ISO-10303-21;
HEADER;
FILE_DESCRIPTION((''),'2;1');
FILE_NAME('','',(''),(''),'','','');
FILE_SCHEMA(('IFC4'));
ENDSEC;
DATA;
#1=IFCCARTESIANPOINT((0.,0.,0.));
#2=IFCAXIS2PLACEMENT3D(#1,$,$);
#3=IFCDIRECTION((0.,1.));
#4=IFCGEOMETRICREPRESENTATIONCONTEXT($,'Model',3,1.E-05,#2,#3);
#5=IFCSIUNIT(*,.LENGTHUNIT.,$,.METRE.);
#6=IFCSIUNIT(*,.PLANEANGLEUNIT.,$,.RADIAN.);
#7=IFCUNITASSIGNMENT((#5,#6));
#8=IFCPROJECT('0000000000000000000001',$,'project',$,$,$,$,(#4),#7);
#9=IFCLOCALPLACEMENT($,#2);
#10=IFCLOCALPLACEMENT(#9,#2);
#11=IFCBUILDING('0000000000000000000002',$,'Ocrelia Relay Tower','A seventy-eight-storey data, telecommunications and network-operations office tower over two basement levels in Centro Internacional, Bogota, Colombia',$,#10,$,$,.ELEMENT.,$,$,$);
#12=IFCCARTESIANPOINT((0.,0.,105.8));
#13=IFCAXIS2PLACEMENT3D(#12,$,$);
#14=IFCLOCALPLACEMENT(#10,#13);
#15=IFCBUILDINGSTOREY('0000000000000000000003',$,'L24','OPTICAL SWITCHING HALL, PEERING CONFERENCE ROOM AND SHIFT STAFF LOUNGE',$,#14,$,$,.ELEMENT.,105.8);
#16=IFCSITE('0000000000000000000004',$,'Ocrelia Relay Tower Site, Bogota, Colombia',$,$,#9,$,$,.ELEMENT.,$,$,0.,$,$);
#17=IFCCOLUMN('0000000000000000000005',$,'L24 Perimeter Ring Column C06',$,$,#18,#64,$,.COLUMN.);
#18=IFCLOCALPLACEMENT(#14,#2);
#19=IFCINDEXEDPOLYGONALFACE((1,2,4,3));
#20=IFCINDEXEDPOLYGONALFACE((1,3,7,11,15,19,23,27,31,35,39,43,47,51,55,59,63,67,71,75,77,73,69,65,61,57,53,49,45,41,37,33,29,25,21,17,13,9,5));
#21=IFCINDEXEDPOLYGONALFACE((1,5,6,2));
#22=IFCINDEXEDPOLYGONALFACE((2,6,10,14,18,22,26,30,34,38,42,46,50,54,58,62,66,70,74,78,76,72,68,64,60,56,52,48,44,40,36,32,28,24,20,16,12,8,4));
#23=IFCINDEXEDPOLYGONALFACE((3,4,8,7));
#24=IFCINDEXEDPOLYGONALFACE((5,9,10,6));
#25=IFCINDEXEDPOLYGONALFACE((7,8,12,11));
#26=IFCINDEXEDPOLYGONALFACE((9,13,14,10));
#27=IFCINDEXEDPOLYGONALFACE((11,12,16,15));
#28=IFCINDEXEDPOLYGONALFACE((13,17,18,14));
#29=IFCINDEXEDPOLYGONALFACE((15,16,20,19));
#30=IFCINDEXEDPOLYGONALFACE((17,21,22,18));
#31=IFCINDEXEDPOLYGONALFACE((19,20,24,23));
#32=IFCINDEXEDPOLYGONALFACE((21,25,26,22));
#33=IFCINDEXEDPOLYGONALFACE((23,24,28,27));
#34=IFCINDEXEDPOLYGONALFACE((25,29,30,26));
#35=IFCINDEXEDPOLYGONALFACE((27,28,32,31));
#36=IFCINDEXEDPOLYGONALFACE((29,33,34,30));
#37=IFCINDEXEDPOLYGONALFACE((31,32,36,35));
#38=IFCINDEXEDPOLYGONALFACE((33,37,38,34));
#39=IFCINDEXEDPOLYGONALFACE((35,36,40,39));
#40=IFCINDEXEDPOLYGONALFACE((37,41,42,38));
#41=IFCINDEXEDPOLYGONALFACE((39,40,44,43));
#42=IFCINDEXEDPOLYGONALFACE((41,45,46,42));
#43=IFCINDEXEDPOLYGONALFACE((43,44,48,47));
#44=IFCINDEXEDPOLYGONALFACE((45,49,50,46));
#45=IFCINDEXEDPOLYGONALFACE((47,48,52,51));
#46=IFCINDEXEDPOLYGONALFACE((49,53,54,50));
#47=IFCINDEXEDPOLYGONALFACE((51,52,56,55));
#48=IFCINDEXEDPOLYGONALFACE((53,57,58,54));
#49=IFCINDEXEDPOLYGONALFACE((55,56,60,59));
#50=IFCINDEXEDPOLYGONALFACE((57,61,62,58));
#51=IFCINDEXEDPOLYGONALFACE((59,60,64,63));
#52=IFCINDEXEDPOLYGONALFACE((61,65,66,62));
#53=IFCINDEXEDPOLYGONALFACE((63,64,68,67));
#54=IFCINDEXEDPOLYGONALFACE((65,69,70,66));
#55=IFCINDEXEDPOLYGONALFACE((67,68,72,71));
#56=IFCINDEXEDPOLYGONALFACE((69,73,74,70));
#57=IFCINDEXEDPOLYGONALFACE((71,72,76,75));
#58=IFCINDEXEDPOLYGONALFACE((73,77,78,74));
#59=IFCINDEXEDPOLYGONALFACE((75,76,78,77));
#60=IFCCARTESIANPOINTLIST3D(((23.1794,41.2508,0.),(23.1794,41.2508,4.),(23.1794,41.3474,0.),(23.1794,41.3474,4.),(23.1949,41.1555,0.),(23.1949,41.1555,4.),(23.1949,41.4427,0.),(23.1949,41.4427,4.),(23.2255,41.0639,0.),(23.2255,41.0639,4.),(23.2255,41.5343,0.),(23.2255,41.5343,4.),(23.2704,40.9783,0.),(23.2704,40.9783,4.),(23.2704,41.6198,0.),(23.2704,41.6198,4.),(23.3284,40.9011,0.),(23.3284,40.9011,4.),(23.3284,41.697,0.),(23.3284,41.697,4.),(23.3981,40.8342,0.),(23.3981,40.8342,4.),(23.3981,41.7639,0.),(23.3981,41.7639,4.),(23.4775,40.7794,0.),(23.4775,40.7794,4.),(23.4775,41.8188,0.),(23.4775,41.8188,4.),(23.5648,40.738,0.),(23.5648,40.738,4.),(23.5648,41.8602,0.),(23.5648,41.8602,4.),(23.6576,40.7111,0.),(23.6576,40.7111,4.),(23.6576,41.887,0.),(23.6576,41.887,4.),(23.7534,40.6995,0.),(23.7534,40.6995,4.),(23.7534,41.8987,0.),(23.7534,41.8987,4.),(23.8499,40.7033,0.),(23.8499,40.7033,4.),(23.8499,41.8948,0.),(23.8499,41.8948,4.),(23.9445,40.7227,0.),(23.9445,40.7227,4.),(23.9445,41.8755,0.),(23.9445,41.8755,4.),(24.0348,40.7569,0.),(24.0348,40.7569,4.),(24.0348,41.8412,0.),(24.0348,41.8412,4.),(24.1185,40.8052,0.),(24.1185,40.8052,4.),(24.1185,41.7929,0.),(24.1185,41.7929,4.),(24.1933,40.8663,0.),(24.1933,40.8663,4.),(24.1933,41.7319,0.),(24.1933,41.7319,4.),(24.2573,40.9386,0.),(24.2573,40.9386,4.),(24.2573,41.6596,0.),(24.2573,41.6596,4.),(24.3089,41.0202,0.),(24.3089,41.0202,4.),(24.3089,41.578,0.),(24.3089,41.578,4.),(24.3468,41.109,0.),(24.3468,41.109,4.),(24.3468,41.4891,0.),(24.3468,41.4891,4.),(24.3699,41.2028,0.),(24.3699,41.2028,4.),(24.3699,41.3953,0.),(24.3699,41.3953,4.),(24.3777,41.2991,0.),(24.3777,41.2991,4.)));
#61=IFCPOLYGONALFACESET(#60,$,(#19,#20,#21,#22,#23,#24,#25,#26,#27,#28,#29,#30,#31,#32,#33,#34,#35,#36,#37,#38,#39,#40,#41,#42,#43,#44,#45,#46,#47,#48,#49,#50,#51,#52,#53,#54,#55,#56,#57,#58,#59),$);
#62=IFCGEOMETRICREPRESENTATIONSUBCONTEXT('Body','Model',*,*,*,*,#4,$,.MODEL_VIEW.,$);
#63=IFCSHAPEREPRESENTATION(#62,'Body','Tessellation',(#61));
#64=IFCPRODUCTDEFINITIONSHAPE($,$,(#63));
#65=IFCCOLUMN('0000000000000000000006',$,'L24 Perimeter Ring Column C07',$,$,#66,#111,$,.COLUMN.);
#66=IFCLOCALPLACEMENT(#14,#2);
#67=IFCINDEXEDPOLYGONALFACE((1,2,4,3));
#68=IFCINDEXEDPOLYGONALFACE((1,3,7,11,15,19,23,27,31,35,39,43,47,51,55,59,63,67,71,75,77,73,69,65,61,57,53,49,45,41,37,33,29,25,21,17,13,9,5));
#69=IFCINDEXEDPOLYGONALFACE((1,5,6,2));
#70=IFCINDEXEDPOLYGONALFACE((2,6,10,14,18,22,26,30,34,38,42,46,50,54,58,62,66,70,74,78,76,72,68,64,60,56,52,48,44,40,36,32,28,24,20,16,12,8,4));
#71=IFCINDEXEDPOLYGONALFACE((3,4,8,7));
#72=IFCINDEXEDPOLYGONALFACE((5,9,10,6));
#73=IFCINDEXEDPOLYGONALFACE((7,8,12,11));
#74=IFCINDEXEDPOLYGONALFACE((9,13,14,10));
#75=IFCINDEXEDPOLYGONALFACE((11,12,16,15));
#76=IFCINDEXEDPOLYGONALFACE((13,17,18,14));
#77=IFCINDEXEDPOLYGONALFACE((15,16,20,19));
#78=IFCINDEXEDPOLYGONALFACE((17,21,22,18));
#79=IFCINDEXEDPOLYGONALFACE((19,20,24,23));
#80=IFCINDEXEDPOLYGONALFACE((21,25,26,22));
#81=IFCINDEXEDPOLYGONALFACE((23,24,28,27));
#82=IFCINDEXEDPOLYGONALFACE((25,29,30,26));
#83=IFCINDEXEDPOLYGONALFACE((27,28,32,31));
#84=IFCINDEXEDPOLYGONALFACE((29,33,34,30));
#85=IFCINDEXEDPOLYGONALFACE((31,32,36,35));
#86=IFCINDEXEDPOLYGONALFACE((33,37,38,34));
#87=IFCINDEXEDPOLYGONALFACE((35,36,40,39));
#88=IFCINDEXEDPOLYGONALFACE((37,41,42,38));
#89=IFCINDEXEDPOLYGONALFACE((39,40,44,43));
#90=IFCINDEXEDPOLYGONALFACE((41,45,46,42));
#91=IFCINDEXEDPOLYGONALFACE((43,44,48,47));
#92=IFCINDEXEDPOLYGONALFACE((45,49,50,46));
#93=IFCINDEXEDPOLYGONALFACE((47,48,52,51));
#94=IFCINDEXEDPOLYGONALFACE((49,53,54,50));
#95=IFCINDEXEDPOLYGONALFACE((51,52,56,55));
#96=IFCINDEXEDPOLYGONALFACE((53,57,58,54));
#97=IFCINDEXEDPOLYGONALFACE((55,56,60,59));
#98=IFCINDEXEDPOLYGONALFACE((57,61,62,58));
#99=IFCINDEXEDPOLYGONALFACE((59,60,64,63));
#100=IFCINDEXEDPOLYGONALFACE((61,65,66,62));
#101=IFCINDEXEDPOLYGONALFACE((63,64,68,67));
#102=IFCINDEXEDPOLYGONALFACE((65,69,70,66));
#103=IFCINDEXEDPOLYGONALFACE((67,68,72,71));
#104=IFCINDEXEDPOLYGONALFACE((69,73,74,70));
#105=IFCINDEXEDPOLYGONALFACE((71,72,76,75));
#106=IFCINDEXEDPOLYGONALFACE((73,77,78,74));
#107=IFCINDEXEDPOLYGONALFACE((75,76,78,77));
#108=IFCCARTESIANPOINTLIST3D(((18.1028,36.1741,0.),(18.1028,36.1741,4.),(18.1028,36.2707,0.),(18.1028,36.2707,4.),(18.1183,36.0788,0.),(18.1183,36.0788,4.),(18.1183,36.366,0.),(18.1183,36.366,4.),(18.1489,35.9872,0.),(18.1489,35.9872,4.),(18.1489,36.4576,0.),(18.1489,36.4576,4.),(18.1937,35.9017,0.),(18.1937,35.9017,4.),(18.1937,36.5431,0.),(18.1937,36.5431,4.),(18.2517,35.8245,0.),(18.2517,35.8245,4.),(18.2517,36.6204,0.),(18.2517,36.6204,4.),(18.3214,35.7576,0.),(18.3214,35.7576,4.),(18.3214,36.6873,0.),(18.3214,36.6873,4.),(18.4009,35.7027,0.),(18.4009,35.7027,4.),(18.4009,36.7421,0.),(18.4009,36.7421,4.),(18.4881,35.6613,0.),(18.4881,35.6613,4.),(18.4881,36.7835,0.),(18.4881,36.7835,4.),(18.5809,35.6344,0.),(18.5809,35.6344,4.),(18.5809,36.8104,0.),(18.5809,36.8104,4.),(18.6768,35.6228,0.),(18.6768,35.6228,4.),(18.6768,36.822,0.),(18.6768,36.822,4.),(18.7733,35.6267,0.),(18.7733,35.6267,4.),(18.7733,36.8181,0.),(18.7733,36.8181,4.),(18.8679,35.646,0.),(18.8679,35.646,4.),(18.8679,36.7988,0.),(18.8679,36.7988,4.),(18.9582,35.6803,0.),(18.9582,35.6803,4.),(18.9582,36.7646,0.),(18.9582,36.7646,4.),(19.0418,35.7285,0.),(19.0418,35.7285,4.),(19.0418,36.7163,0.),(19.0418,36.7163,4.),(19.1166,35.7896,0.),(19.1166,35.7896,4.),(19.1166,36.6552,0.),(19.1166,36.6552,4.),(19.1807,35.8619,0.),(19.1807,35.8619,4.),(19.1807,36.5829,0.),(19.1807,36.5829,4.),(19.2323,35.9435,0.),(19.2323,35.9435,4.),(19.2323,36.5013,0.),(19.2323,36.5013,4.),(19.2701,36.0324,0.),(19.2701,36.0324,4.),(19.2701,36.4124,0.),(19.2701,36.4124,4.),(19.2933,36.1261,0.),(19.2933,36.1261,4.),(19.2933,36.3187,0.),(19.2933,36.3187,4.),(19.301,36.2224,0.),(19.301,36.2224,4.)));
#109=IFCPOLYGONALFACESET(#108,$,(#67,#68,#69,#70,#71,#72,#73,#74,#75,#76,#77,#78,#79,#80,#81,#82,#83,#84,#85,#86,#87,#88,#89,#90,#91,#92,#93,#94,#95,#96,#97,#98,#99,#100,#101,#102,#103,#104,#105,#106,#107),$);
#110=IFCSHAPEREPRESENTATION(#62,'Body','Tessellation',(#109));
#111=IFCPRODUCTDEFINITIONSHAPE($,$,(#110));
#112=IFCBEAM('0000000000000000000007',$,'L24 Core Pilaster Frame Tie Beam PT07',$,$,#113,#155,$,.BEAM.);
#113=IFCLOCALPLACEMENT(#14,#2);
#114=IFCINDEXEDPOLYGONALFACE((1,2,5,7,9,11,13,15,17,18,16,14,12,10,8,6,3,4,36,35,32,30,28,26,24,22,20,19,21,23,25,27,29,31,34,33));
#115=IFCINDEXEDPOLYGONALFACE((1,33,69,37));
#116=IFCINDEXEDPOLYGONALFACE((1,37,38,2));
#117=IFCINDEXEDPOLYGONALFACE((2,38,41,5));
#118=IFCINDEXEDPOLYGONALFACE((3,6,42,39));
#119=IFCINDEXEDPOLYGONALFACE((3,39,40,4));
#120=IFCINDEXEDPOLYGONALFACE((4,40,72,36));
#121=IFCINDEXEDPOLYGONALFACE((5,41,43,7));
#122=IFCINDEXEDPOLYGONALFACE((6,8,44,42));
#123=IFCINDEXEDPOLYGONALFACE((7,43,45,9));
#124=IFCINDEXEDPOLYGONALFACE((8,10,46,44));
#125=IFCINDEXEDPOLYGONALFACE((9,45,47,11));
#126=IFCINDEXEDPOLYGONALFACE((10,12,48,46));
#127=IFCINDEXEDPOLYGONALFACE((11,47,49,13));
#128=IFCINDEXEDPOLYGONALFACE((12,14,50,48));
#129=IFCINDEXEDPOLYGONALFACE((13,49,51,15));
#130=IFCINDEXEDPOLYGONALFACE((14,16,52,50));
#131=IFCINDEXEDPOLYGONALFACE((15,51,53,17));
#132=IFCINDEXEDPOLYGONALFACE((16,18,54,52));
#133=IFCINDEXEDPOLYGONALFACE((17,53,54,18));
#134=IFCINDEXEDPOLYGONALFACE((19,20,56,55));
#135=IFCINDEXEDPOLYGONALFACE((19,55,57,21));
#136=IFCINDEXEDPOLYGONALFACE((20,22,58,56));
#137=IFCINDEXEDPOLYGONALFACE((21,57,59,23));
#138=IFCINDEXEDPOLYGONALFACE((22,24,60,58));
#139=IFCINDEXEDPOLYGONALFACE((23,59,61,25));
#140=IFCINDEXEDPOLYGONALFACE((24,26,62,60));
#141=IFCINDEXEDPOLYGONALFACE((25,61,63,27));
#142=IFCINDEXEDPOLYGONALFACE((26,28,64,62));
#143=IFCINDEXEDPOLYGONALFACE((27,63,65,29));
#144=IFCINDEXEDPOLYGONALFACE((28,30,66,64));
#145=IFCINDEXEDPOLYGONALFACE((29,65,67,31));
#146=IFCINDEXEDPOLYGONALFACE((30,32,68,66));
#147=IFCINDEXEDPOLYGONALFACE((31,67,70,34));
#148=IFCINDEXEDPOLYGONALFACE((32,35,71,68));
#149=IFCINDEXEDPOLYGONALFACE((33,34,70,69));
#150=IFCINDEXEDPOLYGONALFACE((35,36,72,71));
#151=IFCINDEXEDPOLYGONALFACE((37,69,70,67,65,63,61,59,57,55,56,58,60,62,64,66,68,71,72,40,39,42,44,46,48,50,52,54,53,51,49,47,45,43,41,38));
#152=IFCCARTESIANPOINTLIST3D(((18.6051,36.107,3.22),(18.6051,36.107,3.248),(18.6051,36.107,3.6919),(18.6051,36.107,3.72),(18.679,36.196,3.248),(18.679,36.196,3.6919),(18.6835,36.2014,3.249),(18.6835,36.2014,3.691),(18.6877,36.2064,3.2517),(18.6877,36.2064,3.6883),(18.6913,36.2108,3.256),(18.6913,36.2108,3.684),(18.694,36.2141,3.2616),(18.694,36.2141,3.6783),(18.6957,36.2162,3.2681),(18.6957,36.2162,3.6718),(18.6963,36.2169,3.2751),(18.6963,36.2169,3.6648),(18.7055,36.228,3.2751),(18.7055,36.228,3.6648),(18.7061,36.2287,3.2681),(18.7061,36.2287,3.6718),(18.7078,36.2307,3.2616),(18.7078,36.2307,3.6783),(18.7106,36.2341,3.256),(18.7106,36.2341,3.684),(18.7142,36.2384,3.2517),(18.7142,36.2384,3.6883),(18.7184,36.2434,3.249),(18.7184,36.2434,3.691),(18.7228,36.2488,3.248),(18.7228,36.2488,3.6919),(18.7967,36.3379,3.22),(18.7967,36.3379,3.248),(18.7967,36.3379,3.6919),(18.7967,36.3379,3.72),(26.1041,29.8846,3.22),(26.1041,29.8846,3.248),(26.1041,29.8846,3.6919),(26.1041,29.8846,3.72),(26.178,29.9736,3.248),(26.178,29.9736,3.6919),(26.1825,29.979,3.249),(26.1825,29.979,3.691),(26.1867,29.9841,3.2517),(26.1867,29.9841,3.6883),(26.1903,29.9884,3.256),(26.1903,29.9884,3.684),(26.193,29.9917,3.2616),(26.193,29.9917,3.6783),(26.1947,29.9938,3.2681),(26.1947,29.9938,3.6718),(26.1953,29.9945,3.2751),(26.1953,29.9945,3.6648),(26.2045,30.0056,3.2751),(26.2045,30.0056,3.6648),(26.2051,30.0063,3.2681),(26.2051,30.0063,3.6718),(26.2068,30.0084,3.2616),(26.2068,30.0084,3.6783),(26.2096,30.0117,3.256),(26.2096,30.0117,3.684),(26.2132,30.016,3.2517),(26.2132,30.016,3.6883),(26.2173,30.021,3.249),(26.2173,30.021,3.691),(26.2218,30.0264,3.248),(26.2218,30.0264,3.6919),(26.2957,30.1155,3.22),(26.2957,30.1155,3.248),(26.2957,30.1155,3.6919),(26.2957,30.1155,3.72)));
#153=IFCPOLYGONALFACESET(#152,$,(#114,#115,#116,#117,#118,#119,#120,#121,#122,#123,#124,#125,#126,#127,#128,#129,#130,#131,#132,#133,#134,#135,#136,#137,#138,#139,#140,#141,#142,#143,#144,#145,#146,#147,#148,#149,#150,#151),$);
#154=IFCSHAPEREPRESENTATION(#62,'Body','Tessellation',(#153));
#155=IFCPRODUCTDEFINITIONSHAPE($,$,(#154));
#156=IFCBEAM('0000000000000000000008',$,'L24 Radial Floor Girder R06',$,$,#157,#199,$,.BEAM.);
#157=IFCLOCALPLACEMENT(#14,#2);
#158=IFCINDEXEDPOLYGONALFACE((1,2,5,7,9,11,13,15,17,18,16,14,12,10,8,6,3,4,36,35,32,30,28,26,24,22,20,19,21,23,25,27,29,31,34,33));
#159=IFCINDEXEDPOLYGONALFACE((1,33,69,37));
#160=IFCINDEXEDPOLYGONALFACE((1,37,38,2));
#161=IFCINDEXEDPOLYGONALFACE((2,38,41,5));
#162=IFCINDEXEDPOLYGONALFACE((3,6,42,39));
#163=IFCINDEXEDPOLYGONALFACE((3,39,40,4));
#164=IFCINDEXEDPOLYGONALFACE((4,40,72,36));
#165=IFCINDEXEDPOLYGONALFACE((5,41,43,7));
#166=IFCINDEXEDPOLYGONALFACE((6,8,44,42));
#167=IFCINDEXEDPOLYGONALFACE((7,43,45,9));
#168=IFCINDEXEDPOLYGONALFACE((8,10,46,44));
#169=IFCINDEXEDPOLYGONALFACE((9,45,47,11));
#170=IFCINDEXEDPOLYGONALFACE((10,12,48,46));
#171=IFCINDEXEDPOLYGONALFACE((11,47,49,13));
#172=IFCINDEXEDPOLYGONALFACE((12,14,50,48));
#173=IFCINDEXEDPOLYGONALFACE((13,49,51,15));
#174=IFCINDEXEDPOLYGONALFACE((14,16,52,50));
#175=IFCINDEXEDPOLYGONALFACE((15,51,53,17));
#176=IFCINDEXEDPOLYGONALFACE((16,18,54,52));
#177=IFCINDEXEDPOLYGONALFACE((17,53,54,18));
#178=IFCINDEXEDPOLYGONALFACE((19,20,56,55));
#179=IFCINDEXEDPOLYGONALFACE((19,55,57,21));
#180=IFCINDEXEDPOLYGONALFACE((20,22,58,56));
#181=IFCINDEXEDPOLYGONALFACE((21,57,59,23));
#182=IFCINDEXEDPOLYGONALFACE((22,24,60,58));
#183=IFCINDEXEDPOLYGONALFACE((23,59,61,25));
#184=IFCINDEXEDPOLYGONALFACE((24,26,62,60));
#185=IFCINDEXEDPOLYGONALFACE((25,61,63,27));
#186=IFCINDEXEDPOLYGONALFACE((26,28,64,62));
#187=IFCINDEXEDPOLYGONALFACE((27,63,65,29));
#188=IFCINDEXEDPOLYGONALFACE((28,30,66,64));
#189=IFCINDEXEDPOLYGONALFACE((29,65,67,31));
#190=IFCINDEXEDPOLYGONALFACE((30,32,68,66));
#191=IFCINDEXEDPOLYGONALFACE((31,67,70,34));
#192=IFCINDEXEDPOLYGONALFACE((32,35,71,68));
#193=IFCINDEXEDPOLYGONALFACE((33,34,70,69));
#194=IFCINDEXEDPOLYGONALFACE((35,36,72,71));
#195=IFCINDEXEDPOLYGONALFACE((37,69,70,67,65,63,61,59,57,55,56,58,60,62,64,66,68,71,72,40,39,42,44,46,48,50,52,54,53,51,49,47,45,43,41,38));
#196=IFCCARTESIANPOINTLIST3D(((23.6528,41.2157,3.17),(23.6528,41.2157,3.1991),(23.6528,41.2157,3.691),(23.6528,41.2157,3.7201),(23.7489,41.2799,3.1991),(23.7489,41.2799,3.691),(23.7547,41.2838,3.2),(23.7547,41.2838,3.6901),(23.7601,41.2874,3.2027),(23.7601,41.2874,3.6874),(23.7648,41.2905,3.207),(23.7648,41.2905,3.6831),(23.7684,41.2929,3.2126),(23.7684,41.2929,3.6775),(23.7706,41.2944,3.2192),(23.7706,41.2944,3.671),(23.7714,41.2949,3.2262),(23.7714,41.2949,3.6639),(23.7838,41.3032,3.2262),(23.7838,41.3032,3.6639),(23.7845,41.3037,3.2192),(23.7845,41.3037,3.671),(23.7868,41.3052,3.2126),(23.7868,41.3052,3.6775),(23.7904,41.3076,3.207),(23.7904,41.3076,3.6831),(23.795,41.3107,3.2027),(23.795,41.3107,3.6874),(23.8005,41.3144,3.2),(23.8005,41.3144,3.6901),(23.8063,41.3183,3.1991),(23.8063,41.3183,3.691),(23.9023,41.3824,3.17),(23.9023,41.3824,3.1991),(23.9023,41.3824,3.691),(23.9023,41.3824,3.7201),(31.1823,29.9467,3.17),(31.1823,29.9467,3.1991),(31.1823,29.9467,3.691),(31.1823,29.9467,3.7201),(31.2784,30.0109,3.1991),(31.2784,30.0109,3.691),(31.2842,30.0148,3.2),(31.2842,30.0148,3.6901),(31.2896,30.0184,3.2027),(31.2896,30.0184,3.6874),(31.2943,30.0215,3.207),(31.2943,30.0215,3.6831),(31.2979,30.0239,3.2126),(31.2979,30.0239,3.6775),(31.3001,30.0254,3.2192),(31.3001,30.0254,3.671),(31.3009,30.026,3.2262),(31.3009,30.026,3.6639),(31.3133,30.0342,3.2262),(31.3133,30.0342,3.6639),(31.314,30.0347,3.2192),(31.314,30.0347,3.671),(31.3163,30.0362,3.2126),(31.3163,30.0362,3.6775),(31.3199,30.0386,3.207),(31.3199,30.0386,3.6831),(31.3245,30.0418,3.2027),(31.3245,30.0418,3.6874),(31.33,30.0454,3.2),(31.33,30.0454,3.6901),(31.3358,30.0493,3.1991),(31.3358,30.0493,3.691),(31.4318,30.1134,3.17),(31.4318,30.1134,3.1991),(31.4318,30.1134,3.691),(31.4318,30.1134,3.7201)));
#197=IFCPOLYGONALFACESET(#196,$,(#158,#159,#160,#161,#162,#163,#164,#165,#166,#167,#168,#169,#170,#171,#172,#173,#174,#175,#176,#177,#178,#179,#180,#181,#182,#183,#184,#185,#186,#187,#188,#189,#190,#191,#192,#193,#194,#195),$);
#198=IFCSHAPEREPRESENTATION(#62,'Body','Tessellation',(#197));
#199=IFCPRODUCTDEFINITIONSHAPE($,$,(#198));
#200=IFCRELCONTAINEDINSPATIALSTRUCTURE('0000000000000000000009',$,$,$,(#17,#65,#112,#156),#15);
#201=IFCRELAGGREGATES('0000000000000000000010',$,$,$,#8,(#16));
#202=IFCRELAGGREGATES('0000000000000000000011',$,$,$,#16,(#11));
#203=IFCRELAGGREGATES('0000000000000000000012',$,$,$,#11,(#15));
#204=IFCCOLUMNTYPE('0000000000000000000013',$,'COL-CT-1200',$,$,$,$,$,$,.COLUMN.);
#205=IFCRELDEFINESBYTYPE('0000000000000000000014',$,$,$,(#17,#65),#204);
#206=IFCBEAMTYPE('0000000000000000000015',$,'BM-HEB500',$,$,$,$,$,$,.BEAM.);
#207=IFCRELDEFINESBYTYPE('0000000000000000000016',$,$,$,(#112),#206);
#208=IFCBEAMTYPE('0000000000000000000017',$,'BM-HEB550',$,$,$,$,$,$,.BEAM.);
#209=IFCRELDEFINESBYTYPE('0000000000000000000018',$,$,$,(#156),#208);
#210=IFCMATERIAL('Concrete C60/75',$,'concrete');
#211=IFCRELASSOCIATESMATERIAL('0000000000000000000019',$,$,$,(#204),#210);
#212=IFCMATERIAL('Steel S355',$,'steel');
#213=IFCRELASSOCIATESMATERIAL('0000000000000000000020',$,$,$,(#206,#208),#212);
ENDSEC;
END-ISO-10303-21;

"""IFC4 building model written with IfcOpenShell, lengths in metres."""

from ifc_helpers import new_model, si_unit, direction, frame, origin, origin_2d, place, context, subcontext, project, spatial, circle, i_section, extrude, material, material_profile, profile_set, type_object, element, save


model = new_model("IFC4")

# Units and contexts
model_context = context("Model", 3, precision=1e-05, world=origin(), true_north=direction((0.0, 1.0)))
body_context = subcontext(model_context, "Body", "Model", "MODEL_VIEW")
ifc_project = project(units=[si_unit("LENGTHUNIT", "METRE"), si_unit("PLANEANGLEUNIT", "RADIAN")], contexts=[model_context])

# Site, building, storey
site_placement = place(None, origin())
site = spatial("IfcSite", under=ifc_project, at=site_placement, Name="Ocrelia Relay Tower Site, Bogota, Colombia", CompositionType="ELEMENT", RefElevation=0.0)
building_placement = place(site_placement, origin())
building = spatial("IfcBuilding", under=site, at=building_placement, Name="Ocrelia Relay Tower", Description="A seventy-eight-storey data, telecommunications and network-operations office tower over two basement levels in Centro Internacional, Bogota, Colombia", CompositionType="ELEMENT")
storey_placement = place(building_placement, frame((0.0, 0.0, 105.8)))
storey = spatial("IfcBuildingStorey", under=building, at=storey_placement, Name="L24", Description="OPTICAL SWITCHING HALL, PEERING CONFERENCE ROOM AND SHIFT STAFF LOUNGE", CompositionType="ELEMENT", Elevation=105.8)

# Columns
ifc_material_1 = material(Name="Concrete C60/75", Category="concrete")
ifc_material_profile_1 = material_profile(ifc_material_1, circle(Radius=0.6001, at=origin_2d()), Name="RC-CIR-1200")
ifc_profile_set_1 = profile_set([ifc_material_profile_1], Name="Concrete C60/75")
column_type = type_object("IfcColumnType", Name="COL-CT-1200", PredefinedType="COLUMN", material=ifc_profile_set_1)
for number, where, z_axis, x_axis, name in (
    (1, (23.7776, 41.2991, 0.0), (0.0, 0.0, 1.0), (1.0, 0.0, 0.0), "L24 Perimeter Ring Column C06"),
    (2, (18.7009, 36.2224, 0.0), (0.0, 0.0, 1.0), (1.0, 0.0, 0.0), "L24 Perimeter Ring Column C07"),
):
    element("IfcColumn", number, at=place(storey_placement, frame(where, z_axis=z_axis, x_axis=x_axis)), inside=storey, type_object=column_type, Name=name, PredefinedType="COLUMN", context=body_context, shape_type="SweptSolid", body=[
        extrude(circle(Radius=0.6001, at=origin_2d()), origin(), (0.0, 0.0, 1.0), 4.0),
    ])

# Beams
ifc_material_2 = material(Name="Steel S355", Category="steel")
ifc_material_profile_2 = material_profile(ifc_material_2, i_section(OverallWidth=0.3, OverallDepth=0.5, WebThickness=0.0144, FlangeThickness=0.0281, FilletRadius=0.0271, at=origin_2d()), Name="HEB 500")
ifc_profile_set_2 = profile_set([ifc_material_profile_2], Name="Steel S355")
beam_type_1 = type_object("IfcBeamType", Name="BM-HEB500", PredefinedType="BEAM", material=ifc_profile_set_2)
beam_1_placement = place(storey_placement, frame((18.7009, 36.2224, 3.47), z_axis=(0.769571, -0.638561, 0.0), x_axis=(0.638561, 0.769571, 0.0)))
element("IfcBeam", 3, at=beam_1_placement, inside=storey, type_object=beam_type_1, Name="L24 Core Pilaster Frame Tie Beam PT07", PredefinedType="BEAM", context=body_context, shape_type="SweptSolid", body=[
    extrude(i_section(OverallWidth=0.3, OverallDepth=0.5, WebThickness=0.0144, FlangeThickness=0.0281, FilletRadius=0.0271, at=origin_2d()), origin(), (0.0, 0.0, 1.0), 9.7444),
])
ifc_material_profile_3 = material_profile(ifc_material_2, i_section(OverallWidth=0.3, OverallDepth=0.55, WebThickness=0.0149, FlangeThickness=0.0291, FilletRadius=0.0271, at=origin_2d()), Name="HEB 550")
ifc_profile_set_3 = profile_set([ifc_material_profile_3], Name="Steel S355")
beam_type_2 = type_object("IfcBeamType", Name="BM-HEB550", PredefinedType="BEAM", material=ifc_profile_set_3)
beam_2_placement = place(storey_placement, frame((23.7776, 41.2991, 3.4451), z_axis=(0.55556, -0.831476, 0.0), x_axis=(0.831476, 0.55556, 0.0)))
element("IfcBeam", 4, at=beam_2_placement, inside=storey, type_object=beam_type_2, Name="L24 Radial Floor Girder R06", PredefinedType="BEAM", context=body_context, shape_type="SweptSolid", body=[
    extrude(i_section(OverallWidth=0.3, OverallDepth=0.55, WebThickness=0.0149, FlangeThickness=0.0291, FilletRadius=0.0271, at=origin_2d()), origin(), (0.0, 0.0, 1.0), 13.553),
])

save(model, "model.ifc")
